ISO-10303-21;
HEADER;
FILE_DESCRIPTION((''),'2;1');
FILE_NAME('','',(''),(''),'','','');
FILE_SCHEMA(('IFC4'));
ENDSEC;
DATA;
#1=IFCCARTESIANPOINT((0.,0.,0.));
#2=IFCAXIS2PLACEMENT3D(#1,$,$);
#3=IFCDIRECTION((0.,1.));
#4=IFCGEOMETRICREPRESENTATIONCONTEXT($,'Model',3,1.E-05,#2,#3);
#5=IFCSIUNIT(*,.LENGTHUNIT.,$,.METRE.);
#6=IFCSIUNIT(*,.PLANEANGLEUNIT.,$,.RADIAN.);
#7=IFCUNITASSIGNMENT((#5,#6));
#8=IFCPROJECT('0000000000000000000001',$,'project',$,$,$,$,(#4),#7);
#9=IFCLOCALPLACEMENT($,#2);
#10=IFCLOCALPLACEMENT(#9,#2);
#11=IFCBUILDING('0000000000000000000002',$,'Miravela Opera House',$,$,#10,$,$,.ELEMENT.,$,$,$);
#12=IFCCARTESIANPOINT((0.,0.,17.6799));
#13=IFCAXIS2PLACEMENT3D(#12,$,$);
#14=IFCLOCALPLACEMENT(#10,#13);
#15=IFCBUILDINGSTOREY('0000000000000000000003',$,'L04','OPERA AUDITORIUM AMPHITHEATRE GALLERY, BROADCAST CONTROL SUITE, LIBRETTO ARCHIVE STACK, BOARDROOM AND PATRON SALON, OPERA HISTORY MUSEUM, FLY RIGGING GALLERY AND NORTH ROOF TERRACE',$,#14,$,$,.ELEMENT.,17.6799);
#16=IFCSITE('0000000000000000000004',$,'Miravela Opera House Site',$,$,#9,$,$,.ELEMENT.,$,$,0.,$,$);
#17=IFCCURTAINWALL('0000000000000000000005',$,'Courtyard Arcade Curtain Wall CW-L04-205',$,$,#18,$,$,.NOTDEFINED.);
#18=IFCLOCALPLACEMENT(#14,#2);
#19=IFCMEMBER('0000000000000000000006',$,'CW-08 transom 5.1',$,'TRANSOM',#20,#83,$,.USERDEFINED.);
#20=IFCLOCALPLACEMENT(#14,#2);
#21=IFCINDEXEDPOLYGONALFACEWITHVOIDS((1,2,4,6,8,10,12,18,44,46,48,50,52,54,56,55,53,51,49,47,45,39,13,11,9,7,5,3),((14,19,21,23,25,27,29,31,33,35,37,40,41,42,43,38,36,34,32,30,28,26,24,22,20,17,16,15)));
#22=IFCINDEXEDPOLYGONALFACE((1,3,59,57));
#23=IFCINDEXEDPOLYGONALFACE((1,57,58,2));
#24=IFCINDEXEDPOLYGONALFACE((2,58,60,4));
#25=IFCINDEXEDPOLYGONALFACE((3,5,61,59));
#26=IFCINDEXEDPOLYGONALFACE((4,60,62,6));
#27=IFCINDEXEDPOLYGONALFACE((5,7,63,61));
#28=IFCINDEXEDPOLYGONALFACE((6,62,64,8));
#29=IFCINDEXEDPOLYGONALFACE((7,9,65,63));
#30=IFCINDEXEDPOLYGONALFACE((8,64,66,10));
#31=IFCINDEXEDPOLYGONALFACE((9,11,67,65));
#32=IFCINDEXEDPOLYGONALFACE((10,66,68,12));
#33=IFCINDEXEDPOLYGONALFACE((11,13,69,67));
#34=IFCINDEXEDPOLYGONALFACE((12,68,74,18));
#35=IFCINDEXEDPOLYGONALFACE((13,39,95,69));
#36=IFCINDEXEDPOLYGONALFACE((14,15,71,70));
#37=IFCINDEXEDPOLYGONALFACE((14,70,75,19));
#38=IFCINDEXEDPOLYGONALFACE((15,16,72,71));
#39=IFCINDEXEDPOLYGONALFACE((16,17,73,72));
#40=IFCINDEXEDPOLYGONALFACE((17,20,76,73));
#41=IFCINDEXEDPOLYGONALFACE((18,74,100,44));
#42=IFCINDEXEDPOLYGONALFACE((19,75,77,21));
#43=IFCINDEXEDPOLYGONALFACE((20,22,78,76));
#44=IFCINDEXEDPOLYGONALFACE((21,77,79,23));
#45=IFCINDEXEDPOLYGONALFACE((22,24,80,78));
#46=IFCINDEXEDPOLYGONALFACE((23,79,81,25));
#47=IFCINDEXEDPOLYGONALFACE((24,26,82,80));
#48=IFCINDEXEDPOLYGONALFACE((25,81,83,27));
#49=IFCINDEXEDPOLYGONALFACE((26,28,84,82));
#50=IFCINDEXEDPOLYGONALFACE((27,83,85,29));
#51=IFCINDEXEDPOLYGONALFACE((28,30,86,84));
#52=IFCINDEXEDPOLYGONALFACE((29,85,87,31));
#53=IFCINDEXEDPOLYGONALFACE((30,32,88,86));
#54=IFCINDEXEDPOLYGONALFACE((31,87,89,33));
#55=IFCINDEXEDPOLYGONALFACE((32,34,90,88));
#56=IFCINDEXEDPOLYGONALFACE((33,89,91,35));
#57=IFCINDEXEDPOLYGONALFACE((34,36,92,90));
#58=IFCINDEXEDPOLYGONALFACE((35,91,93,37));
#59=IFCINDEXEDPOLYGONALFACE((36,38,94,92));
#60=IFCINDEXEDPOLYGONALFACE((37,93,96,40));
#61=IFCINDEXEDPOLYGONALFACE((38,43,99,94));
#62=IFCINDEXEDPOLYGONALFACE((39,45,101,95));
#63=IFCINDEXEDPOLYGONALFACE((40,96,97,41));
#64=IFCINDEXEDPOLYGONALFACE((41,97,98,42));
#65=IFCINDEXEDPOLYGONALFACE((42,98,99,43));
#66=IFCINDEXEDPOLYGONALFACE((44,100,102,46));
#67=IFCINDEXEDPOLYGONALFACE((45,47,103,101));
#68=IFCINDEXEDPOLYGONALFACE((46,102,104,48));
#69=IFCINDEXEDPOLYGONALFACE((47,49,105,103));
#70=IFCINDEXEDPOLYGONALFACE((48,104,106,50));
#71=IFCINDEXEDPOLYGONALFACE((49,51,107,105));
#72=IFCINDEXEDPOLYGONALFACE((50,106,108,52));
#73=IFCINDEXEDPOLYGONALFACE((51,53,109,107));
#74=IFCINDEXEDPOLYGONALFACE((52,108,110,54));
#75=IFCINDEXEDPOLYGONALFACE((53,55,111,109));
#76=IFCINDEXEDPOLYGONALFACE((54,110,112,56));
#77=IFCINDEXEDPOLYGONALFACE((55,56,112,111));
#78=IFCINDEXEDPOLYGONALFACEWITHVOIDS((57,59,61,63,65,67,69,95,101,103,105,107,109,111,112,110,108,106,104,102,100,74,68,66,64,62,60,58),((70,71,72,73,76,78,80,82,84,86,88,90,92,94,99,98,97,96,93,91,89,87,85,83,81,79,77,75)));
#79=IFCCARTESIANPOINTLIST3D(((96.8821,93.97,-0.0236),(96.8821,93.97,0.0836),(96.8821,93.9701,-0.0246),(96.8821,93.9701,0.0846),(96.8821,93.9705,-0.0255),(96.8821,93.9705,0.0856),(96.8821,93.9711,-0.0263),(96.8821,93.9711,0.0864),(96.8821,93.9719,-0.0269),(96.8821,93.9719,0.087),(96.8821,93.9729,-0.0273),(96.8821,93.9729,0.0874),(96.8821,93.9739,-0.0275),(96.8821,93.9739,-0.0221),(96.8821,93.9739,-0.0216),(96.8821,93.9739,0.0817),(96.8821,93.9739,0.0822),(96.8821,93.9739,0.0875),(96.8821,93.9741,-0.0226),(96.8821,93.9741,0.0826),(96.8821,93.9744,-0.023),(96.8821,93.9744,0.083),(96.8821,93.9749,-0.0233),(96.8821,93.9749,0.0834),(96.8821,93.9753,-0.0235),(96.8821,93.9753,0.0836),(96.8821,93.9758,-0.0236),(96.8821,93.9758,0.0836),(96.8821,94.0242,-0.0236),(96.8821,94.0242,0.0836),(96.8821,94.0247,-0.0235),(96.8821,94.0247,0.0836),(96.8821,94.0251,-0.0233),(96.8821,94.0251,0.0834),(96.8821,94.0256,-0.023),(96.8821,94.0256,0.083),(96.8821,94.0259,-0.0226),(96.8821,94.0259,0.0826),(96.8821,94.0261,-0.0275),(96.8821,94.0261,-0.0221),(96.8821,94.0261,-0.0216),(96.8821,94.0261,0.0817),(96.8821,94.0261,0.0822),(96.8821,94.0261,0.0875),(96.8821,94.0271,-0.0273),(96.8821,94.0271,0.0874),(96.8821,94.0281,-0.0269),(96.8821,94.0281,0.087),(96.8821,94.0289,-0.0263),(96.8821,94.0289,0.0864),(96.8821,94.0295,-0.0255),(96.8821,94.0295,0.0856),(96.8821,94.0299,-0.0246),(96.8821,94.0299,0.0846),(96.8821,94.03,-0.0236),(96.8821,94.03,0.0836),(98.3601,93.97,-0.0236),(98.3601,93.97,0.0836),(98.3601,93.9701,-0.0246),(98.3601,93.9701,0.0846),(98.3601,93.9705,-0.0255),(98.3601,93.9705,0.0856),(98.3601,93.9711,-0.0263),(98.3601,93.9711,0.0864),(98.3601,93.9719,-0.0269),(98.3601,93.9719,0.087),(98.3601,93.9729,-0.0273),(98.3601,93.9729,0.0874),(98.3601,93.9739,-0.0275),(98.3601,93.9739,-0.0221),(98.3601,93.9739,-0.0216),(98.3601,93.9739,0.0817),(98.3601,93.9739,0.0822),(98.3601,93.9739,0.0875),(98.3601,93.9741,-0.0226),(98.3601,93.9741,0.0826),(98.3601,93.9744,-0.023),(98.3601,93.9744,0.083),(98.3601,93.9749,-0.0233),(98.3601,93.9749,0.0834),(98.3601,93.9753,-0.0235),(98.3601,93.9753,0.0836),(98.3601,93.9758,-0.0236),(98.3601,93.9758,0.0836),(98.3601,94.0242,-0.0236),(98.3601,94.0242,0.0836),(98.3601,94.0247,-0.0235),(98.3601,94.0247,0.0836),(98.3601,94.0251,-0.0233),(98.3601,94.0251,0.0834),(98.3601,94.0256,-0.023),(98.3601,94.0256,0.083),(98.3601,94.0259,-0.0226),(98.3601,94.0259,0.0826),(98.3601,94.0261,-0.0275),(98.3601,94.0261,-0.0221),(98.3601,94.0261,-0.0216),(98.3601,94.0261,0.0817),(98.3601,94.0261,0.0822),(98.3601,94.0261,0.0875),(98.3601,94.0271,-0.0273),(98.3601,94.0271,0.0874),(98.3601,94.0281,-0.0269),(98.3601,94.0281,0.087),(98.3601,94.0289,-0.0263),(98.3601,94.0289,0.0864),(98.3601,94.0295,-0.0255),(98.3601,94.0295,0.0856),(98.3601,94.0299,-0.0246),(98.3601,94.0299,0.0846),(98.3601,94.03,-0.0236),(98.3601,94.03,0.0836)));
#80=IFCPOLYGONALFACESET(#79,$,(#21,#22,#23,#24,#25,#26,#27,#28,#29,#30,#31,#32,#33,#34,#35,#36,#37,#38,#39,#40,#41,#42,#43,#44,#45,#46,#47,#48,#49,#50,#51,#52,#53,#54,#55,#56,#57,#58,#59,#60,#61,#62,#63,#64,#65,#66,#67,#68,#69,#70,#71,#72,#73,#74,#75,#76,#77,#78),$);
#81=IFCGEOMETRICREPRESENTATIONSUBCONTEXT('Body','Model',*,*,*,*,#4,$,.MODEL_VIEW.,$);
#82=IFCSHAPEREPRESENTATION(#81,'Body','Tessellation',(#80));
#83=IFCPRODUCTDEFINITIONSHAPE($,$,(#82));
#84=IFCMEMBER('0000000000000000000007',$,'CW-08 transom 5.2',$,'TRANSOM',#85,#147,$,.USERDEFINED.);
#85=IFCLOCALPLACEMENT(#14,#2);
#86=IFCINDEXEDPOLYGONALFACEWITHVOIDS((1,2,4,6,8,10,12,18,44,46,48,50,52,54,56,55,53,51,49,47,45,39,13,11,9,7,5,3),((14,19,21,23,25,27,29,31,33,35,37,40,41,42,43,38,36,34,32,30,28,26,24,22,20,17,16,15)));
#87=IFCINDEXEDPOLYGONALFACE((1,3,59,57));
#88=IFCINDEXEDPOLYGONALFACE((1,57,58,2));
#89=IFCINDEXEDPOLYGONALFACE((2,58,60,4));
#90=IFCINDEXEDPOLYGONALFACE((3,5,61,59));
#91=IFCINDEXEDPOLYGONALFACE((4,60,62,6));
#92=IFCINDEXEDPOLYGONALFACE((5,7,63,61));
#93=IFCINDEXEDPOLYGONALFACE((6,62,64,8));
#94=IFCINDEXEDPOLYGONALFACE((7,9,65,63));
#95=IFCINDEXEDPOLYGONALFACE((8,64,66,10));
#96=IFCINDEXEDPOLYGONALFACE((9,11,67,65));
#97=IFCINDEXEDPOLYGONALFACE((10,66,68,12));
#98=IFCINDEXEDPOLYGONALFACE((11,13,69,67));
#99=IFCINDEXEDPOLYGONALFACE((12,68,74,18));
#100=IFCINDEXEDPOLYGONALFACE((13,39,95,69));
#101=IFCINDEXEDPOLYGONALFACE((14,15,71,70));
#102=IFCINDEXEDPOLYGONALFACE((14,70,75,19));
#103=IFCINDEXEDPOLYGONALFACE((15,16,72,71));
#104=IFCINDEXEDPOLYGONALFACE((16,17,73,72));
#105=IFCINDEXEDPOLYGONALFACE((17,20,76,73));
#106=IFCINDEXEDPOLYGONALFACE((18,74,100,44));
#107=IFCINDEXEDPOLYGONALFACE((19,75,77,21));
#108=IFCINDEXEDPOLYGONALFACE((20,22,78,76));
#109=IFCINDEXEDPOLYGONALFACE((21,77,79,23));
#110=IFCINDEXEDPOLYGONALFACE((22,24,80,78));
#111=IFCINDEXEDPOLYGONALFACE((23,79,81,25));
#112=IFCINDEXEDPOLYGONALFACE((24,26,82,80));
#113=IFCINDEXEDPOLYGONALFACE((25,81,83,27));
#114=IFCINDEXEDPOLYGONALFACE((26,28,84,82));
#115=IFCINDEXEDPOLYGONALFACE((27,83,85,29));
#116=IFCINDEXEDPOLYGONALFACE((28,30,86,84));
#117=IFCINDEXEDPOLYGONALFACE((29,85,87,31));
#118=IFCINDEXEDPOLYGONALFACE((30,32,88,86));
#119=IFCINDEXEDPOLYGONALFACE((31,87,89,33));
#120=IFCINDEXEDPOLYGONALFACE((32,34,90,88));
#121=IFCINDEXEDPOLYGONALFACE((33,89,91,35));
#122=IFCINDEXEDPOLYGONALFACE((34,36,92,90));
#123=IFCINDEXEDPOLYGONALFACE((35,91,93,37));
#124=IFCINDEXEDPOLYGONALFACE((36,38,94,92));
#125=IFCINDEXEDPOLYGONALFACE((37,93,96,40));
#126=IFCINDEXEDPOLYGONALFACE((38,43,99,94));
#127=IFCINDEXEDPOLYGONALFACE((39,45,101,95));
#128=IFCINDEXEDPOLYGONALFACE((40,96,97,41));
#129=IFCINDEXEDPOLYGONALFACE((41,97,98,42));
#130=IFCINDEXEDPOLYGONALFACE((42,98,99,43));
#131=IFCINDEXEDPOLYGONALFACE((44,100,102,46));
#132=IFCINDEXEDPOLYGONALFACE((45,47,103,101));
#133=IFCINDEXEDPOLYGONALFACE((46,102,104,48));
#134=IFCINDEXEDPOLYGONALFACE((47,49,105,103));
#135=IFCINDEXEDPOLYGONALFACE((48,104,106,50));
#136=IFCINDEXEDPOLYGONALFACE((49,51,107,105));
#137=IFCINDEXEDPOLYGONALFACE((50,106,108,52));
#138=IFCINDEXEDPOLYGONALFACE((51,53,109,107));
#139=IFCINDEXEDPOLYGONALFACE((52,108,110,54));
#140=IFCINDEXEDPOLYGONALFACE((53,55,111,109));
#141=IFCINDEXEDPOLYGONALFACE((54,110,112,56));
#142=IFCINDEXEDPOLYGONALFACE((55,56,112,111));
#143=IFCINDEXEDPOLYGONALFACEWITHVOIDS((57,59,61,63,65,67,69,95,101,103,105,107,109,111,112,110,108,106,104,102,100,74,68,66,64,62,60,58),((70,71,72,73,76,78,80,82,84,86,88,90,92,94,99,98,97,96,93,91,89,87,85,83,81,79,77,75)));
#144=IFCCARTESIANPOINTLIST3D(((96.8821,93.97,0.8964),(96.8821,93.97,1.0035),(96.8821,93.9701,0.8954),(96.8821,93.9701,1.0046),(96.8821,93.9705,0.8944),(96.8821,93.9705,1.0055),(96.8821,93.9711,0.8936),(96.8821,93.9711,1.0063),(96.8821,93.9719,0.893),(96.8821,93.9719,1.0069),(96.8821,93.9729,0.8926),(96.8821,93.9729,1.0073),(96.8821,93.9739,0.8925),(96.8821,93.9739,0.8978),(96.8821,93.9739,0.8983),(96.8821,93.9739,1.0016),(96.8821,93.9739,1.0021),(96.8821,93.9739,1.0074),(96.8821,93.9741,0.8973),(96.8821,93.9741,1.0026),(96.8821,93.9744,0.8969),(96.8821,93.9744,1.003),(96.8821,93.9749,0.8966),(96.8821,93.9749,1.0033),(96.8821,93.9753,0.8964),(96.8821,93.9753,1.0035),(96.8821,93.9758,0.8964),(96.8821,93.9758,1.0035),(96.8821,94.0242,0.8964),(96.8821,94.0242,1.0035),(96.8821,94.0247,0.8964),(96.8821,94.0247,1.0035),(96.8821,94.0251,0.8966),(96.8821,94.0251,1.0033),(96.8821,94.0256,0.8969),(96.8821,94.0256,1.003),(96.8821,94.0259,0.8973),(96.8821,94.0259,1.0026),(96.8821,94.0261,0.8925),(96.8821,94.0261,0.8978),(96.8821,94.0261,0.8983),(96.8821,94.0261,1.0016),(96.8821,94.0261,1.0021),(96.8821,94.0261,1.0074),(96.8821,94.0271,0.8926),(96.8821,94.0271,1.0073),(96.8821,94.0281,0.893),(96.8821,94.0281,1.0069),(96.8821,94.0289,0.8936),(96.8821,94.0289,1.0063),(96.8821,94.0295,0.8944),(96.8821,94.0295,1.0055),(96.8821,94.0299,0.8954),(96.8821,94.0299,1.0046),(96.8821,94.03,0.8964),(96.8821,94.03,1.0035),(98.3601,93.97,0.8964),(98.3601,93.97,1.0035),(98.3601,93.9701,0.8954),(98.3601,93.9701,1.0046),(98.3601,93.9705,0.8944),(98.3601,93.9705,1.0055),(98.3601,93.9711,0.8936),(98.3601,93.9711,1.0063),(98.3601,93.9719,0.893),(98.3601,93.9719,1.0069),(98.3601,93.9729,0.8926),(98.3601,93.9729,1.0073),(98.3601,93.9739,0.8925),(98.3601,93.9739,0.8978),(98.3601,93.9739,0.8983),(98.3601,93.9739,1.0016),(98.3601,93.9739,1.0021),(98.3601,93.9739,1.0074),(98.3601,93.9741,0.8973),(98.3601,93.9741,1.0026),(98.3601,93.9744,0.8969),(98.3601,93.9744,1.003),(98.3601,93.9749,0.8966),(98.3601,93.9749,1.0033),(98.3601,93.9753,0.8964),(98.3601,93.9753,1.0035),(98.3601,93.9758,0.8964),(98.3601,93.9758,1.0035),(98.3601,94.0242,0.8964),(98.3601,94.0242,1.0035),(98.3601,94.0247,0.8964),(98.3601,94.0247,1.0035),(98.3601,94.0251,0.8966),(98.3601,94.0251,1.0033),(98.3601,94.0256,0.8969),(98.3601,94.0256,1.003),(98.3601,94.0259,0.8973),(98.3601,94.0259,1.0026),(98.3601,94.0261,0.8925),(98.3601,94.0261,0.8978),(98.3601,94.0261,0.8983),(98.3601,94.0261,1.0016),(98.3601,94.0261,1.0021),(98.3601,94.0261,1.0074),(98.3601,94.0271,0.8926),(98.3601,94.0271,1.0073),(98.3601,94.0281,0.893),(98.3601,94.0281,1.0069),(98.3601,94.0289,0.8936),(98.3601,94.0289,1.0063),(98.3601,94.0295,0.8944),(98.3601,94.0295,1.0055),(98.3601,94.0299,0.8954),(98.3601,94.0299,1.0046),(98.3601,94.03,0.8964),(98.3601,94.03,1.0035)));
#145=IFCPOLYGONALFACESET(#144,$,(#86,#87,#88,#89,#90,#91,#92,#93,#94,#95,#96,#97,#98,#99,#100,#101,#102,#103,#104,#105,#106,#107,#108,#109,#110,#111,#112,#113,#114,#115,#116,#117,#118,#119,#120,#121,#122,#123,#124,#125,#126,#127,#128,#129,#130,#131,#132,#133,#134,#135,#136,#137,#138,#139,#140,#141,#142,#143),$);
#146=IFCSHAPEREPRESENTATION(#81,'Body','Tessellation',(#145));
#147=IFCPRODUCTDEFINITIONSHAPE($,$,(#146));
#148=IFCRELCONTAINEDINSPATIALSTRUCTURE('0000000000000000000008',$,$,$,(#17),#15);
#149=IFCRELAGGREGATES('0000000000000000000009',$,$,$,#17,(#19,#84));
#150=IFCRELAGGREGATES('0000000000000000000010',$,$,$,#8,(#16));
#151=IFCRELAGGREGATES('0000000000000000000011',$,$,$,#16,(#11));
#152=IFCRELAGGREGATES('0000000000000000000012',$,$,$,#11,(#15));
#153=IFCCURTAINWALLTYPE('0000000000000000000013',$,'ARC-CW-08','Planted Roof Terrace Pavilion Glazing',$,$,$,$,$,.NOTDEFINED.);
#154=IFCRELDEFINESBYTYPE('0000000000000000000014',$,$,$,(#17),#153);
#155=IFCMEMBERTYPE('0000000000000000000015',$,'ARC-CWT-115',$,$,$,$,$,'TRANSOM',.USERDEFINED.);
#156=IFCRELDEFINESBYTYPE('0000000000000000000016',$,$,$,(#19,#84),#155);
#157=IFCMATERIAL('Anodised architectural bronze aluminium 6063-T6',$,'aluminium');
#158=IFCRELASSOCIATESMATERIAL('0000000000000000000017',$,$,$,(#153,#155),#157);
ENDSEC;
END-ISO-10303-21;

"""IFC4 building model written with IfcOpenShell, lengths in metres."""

from ifc_helpers import new_model, si_unit, direction, frame, origin, origin_2d, place, context, subcontext, project, spatial, hollow_rectangle, extrude, material, material_profile, profile_set, type_object, element, aggregate, save


model = new_model("IFC4")

# Units and contexts
model_context = context("Model", 3, precision=1e-05, world=origin(), true_north=direction((0.0, 1.0)))
body_context = subcontext(model_context, "Body", "Model", "MODEL_VIEW")
ifc_project = project(units=[si_unit("LENGTHUNIT", "METRE"), si_unit("PLANEANGLEUNIT", "RADIAN")], contexts=[model_context])

# Site, building, storey
site_placement = place(None, origin())
site = spatial("IfcSite", under=ifc_project, at=site_placement, Name="Miravela Opera House Site", CompositionType="ELEMENT", RefElevation=0.0)
building_placement = place(site_placement, origin())
building = spatial("IfcBuilding", under=site, at=building_placement, Name="Miravela Opera House", CompositionType="ELEMENT")
storey_placement = place(building_placement, frame((0.0, 0.0, 17.6799)))
storey = spatial("IfcBuildingStorey", under=building, at=storey_placement, Name="L04", Description="OPERA AUDITORIUM AMPHITHEATRE GALLERY, BROADCAST CONTROL SUITE, LIBRETTO ARCHIVE STACK, BOARDROOM AND PATRON SALON, OPERA HISTORY MUSEUM, FLY RIGGING GALLERY AND NORTH ROOF TERRACE", CompositionType="ELEMENT", Elevation=17.6799)

# Curtain wall
ifc_material_1 = material(Name="Anodised architectural bronze aluminium 6063-T6", Category="aluminium")
curtain_wall_type = type_object("IfcCurtainWallType", Name="ARC-CW-08", Description="Planted Roof Terrace Pavilion Glazing", PredefinedType="NOTDEFINED", material=ifc_material_1)
curtain_wall_1_placement = place(storey_placement, origin())
curtain_wall_1 = element("IfcCurtainWall", 1, at=curtain_wall_1_placement, inside=storey, type_object=curtain_wall_type, Name="Courtyard Arcade Curtain Wall CW-L04-205", PredefinedType="NOTDEFINED")

# Members
ifc_material_profile_1 = material_profile(ifc_material_1, hollow_rectangle(XDim=0.0601, YDim=0.115, WallThickness=0.0039, InnerFilletRadius=0.002, OuterFilletRadius=0.0039, at=origin_2d()), Name="CWT-60X115")
ifc_profile_set_1 = profile_set([ifc_material_profile_1])
member_type_1 = type_object("IfcMemberType", Name="ARC-CWT-115", ElementType="TRANSOM", PredefinedType="USERDEFINED", material=ifc_profile_set_1)
member_1_placement = place(storey_placement, frame((96.8821, 94.0, 0.03), z_axis=(1.0, 0.0, 0.0), x_axis=(0.0, 1.0, 0.0)))
member_1 = element("IfcMember", 2, at=member_1_placement, type_object=member_type_1, Name="CW-08 transom 5.1", ObjectType="TRANSOM", PredefinedType="USERDEFINED", context=body_context, shape_type="SweptSolid", body=[
    extrude(hollow_rectangle(XDim=0.0601, YDim=0.115, WallThickness=0.0039, InnerFilletRadius=0.002, OuterFilletRadius=0.0039, at=origin_2d()), origin(), (0.0, 0.0, 1.0), 1.478),
])
member_2_placement = place(storey_placement, frame((96.8821, 94.0, 0.95), z_axis=(1.0, 0.0, 0.0), x_axis=(0.0, 1.0, 0.0)))
member_2 = element("IfcMember", 3, at=member_2_placement, type_object=member_type_1, Name="CW-08 transom 5.2", ObjectType="TRANSOM", PredefinedType="USERDEFINED", context=body_context, shape_type="SweptSolid", body=[
    extrude(hollow_rectangle(XDim=0.0601, YDim=0.115, WallThickness=0.0039, InnerFilletRadius=0.002, OuterFilletRadius=0.0039, at=origin_2d()), origin(), (0.0, 0.0, 1.0), 1.478),
])

aggregate(curtain_wall_1, [member_1, member_2])

save(model, "model.ifc")
